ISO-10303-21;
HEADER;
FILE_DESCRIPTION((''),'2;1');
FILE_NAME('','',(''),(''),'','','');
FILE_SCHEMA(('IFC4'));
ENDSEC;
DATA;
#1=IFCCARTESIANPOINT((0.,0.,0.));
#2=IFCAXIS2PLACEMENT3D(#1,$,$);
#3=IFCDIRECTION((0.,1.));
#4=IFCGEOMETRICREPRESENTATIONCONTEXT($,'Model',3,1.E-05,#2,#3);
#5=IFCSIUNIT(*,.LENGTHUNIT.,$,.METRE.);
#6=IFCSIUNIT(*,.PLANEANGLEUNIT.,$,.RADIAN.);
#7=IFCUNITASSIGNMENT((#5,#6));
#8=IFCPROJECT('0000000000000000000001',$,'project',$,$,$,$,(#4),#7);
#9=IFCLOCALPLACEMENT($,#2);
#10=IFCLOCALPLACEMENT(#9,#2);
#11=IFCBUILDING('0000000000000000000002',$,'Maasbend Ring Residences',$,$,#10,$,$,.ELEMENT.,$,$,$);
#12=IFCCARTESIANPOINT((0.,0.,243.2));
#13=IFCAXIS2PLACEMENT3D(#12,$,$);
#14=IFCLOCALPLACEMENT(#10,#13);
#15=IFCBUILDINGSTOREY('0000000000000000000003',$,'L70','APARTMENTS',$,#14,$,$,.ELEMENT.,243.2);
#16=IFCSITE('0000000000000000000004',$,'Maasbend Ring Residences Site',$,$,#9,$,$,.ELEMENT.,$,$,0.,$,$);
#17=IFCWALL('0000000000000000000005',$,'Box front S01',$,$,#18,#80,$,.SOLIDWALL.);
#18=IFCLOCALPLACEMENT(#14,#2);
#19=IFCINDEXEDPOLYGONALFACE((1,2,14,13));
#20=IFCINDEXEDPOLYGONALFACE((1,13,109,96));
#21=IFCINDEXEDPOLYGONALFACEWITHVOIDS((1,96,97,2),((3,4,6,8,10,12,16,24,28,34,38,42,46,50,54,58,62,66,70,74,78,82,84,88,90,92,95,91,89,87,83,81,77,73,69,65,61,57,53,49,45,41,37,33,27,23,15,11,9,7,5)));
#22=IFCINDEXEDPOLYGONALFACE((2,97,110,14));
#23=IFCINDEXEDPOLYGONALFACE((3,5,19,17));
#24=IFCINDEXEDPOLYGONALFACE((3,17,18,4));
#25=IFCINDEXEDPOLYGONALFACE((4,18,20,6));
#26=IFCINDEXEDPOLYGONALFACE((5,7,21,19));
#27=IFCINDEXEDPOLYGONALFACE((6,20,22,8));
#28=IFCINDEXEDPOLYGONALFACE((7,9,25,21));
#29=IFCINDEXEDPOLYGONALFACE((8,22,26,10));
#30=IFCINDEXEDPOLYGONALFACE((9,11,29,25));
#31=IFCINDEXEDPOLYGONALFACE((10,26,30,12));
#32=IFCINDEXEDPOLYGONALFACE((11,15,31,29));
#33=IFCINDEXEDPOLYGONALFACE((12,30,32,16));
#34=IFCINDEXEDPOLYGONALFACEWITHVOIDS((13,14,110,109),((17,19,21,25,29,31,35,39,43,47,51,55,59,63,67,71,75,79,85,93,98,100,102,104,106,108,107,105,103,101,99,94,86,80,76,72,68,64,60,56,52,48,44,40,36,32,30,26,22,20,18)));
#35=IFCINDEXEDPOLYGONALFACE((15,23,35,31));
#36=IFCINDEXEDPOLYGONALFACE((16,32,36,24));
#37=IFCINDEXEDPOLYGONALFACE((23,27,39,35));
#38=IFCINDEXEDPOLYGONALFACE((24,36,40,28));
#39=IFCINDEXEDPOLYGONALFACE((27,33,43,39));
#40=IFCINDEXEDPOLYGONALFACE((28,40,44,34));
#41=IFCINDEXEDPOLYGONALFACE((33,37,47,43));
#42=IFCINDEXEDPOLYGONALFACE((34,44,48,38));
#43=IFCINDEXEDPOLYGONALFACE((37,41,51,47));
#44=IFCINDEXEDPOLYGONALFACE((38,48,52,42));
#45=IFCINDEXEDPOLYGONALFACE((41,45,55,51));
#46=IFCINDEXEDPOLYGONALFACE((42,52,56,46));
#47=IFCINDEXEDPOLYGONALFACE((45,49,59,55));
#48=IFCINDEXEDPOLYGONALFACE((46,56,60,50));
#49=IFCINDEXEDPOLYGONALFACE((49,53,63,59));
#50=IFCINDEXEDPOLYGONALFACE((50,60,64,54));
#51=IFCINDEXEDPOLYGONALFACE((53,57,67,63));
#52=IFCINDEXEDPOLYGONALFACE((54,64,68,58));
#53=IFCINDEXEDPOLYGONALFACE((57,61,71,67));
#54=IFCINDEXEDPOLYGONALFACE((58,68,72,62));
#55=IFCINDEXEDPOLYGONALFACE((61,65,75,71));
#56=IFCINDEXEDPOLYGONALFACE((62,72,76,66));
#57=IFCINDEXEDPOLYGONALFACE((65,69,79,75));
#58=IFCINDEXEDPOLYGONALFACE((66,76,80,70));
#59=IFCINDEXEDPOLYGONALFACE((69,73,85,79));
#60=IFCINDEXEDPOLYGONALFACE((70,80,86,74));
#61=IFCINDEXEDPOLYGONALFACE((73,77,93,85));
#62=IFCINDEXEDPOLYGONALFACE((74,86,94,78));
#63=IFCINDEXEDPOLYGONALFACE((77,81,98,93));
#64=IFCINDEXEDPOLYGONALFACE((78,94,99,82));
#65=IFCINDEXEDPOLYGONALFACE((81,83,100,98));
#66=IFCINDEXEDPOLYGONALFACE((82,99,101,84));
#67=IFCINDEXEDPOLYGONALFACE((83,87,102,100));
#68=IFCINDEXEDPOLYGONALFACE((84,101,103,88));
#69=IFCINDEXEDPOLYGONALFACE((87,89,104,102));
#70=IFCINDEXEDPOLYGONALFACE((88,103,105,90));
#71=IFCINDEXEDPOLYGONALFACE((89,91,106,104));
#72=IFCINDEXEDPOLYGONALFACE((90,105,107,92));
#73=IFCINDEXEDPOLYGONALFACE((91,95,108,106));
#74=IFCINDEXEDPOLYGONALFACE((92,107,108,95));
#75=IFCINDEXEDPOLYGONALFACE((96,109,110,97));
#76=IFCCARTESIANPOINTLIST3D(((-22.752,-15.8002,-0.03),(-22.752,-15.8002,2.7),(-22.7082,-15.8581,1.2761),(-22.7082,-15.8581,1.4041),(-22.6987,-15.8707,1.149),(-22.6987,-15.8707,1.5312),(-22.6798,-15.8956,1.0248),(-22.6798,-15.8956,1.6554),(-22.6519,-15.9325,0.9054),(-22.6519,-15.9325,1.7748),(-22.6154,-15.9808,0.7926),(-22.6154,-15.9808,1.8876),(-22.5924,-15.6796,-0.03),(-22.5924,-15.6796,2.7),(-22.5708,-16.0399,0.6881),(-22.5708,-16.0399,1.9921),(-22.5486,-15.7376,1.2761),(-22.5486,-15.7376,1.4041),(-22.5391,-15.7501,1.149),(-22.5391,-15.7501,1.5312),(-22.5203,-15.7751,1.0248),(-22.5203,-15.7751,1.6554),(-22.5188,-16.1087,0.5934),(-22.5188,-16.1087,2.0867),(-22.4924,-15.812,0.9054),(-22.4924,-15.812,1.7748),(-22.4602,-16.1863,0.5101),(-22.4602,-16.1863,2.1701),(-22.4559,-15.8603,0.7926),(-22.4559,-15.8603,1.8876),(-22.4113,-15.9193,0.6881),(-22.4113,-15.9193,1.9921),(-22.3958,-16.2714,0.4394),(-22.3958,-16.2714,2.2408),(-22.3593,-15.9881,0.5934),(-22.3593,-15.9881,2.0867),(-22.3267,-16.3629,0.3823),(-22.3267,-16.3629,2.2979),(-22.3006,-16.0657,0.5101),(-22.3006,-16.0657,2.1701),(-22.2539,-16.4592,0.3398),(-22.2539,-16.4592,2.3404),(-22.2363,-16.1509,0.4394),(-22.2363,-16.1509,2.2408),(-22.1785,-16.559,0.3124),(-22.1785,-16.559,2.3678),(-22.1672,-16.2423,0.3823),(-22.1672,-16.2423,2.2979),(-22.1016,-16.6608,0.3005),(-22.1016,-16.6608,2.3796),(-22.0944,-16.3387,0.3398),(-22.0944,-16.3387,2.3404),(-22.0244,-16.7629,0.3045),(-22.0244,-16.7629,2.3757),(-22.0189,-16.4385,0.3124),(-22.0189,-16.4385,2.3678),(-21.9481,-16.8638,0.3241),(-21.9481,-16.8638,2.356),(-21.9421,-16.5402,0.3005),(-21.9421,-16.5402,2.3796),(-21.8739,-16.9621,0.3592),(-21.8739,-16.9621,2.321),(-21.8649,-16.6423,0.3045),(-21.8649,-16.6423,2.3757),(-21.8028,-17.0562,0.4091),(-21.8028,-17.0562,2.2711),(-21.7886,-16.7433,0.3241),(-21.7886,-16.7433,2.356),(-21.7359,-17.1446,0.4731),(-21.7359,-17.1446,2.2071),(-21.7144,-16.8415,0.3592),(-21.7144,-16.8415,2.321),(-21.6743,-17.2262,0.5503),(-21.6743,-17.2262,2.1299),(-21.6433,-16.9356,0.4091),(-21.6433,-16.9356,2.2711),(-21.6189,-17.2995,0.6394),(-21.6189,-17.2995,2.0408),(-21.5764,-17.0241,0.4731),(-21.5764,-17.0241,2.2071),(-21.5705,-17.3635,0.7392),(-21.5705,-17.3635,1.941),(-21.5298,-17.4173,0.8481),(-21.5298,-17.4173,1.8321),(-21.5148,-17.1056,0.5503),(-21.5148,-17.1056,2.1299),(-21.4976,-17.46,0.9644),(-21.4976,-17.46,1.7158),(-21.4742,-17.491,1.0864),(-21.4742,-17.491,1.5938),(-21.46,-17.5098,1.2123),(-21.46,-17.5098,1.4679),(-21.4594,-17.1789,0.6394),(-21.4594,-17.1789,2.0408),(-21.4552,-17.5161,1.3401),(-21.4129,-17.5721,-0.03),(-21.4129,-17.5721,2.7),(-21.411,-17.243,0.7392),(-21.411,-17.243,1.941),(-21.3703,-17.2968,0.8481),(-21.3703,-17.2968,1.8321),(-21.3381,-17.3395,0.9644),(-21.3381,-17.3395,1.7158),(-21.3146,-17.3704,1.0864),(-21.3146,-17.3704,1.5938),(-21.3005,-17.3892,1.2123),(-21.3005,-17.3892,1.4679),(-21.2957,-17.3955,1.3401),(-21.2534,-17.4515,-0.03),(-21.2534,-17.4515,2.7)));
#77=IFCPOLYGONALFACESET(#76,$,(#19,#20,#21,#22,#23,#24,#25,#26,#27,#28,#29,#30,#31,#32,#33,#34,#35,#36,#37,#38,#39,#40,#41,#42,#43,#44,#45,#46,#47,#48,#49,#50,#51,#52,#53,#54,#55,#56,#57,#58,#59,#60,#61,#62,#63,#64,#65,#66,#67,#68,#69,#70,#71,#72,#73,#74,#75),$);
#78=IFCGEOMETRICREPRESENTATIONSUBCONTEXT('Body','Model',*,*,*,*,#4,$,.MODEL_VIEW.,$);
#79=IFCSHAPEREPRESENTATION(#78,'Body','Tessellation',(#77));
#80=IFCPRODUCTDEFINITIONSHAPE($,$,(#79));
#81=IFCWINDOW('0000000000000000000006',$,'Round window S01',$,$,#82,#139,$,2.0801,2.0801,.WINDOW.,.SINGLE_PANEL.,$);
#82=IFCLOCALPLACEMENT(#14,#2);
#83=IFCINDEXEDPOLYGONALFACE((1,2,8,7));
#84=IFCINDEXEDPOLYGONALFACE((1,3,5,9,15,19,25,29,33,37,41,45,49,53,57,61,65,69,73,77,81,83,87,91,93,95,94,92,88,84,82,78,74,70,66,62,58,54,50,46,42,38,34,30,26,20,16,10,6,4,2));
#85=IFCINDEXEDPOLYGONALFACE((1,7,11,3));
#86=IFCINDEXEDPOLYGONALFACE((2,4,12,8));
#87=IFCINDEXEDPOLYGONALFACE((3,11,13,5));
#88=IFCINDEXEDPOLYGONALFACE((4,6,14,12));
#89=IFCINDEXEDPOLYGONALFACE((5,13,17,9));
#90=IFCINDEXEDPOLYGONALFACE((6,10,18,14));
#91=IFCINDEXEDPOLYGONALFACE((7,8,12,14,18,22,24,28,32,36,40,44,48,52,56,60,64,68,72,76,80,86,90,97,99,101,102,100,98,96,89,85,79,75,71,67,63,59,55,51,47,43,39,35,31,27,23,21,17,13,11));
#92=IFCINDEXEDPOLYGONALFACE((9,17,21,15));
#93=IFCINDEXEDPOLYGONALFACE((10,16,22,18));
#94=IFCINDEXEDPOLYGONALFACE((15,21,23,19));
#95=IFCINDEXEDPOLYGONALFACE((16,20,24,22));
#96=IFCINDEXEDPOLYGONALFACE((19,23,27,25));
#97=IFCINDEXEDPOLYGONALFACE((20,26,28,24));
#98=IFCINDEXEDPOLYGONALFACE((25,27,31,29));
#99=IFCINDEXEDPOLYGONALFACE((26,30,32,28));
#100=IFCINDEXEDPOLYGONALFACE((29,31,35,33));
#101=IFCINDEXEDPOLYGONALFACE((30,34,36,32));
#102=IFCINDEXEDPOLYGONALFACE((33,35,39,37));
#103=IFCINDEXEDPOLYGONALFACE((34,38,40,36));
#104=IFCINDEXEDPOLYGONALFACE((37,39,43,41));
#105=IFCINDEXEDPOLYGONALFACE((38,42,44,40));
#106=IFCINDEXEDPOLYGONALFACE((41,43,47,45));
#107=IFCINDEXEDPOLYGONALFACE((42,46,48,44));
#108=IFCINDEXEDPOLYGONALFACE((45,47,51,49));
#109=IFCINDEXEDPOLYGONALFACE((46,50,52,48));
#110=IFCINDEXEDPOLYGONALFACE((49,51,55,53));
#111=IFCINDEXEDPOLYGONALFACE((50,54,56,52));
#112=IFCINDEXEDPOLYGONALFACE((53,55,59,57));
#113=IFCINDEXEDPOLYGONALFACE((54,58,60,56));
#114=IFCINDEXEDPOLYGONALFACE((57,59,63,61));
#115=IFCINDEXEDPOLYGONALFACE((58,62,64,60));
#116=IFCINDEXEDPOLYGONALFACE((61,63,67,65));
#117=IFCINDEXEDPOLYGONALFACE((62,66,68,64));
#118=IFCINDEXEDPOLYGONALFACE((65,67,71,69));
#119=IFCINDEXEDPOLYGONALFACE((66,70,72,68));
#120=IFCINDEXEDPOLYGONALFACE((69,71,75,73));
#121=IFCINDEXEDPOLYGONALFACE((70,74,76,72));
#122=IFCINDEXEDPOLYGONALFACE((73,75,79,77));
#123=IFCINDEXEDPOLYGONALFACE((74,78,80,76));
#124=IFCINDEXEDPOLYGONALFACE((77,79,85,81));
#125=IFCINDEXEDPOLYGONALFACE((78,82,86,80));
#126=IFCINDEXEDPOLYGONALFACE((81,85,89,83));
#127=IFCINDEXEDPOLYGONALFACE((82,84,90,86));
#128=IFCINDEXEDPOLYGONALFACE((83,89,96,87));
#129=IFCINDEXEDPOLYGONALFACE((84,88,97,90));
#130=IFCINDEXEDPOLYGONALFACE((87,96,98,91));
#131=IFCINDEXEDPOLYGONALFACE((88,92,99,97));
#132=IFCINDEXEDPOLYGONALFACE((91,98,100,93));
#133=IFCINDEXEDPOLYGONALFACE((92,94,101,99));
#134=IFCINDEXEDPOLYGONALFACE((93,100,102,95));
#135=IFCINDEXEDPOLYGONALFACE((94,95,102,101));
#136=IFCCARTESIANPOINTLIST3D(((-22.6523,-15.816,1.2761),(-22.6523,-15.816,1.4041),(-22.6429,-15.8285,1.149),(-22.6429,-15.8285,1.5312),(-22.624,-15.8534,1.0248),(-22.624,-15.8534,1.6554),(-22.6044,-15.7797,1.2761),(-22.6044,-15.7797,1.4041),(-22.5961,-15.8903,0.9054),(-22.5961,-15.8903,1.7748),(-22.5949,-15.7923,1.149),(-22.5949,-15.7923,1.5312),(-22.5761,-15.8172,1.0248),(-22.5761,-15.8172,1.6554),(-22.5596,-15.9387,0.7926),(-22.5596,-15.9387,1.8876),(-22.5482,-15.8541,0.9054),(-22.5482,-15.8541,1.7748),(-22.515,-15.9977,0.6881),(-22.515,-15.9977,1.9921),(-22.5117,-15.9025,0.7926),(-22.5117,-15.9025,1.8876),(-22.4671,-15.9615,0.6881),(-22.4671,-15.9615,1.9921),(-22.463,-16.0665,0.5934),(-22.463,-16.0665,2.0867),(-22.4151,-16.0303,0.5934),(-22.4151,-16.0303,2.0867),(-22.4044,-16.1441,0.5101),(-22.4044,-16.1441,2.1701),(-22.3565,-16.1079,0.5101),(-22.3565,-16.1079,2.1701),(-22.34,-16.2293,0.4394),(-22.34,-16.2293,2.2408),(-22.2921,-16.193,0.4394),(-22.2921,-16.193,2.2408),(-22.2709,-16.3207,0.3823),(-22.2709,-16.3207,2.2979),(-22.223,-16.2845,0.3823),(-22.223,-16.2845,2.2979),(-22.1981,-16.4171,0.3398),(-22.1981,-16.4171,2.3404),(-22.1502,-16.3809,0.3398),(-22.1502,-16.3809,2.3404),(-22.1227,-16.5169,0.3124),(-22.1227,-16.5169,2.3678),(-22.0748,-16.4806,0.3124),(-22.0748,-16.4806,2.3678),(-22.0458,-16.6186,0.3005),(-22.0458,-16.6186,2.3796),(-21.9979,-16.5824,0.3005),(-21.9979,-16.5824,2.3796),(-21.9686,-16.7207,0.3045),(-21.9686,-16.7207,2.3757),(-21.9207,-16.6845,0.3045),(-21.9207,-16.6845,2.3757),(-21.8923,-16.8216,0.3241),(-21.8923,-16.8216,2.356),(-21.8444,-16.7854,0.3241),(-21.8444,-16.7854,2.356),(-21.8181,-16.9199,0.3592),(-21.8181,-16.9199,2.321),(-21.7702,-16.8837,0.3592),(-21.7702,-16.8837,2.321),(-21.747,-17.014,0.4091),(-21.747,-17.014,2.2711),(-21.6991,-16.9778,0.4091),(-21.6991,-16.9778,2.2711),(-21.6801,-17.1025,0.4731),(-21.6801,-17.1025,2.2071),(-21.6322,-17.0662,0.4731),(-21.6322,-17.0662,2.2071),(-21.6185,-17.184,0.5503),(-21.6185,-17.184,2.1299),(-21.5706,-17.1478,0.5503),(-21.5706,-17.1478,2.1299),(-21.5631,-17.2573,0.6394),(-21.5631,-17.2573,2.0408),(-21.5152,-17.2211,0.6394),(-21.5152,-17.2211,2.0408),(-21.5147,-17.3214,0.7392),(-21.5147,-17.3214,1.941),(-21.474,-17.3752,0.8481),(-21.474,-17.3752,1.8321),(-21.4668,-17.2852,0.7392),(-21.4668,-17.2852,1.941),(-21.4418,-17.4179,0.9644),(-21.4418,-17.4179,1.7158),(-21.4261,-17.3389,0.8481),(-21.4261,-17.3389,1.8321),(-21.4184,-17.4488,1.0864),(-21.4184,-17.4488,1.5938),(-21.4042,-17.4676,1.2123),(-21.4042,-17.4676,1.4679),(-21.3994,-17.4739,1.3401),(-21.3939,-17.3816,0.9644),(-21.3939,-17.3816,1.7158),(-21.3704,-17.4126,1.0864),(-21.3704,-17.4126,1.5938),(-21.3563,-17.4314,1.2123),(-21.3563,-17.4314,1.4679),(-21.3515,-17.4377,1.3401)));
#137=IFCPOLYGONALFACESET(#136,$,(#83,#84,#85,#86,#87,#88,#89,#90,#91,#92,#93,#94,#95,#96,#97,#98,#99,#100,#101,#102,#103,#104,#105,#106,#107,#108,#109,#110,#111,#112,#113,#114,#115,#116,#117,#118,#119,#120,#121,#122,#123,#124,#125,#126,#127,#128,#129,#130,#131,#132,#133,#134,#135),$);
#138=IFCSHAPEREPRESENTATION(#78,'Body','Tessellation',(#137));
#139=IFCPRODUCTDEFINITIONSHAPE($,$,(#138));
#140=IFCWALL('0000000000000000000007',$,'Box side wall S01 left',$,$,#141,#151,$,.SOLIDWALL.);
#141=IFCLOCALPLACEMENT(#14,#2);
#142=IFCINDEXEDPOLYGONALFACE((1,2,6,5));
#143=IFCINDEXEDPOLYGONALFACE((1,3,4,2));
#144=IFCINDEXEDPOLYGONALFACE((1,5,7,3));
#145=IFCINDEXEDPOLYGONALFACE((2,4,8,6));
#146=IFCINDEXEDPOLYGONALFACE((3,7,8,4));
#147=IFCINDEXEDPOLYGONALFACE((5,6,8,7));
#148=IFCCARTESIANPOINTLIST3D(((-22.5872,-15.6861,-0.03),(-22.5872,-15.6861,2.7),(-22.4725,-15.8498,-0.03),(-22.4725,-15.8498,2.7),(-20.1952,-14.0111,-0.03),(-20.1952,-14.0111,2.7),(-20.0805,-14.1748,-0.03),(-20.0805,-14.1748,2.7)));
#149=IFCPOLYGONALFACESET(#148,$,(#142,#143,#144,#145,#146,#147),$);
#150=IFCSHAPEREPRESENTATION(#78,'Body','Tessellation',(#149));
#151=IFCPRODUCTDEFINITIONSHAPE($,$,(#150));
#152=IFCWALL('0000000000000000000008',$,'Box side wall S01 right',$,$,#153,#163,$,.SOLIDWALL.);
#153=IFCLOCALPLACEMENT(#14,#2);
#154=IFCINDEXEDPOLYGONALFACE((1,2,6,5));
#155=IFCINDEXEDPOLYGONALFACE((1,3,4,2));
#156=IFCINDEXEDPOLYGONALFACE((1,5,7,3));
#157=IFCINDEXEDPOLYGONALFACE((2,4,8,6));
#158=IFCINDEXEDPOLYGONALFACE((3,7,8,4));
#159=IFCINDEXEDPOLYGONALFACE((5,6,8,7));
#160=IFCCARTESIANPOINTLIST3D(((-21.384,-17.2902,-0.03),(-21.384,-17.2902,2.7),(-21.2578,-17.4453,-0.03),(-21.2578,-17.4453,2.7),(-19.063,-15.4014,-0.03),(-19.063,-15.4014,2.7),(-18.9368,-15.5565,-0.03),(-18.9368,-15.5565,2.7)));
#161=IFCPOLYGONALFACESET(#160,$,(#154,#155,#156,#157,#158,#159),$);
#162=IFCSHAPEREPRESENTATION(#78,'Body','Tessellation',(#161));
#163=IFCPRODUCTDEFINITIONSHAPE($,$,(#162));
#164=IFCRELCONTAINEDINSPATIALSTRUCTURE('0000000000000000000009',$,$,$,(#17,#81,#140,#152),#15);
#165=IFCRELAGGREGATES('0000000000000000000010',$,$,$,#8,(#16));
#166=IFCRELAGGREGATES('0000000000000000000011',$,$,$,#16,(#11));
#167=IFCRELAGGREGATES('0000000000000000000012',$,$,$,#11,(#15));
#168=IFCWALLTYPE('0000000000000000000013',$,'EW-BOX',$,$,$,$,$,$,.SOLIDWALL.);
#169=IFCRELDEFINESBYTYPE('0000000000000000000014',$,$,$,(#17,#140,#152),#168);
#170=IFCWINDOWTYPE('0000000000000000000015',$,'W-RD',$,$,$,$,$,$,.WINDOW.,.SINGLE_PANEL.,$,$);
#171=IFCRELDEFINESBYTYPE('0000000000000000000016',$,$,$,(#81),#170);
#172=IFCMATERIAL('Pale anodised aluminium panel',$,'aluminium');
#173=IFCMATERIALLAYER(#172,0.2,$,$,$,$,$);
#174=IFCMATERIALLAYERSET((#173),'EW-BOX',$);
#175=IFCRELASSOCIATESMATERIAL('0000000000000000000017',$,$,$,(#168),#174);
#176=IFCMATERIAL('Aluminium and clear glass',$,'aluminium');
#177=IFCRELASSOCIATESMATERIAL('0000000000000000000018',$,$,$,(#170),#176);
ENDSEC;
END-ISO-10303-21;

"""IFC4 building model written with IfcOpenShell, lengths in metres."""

from ifc_helpers import new_model, si_unit, direction, frame, frame_2d, origin, place, context, subcontext, project, spatial, rectangle, circle, extrude, material, layer, layer_set, type_object, element, fill, save


model = new_model("IFC4")

# Units and contexts
model_context = context("Model", 3, precision=1e-05, world=origin(), true_north=direction((0.0, 1.0)))
body_context = subcontext(model_context, "Body", "Model", "MODEL_VIEW")
ifc_project = project(units=[si_unit("LENGTHUNIT", "METRE"), si_unit("PLANEANGLEUNIT", "RADIAN")], contexts=[model_context])

# Site, building, storey
site_placement = place(None, origin())
site = spatial("IfcSite", under=ifc_project, at=site_placement, Name="Maasbend Ring Residences Site", CompositionType="ELEMENT", RefElevation=0.0)
building_placement = place(site_placement, origin())
building = spatial("IfcBuilding", under=site, at=building_placement, Name="Maasbend Ring Residences", CompositionType="ELEMENT")
storey_placement = place(building_placement, frame((0.0, 0.0, 243.2)))
storey = spatial("IfcBuildingStorey", under=building, at=storey_placement, Name="L70", Description="APARTMENTS", CompositionType="ELEMENT", Elevation=243.2)

# Wall, opening, window
ifc_material_1 = material(Name="Pale anodised aluminium panel", Category="aluminium")
ifc_layer_1 = layer(ifc_material_1, 0.2)
ifc_layer_set_1 = layer_set([ifc_layer_1], Name="EW-BOX")
wall_type_1 = type_object("IfcWallType", Name="EW-BOX", PredefinedType="SOLIDWALL", material=ifc_layer_set_1)
wall_1_placement = place(storey_placement, frame((-22.6721, -15.74, -0.03), z_axis=(0.0, 0.0, 1.0), x_axis=(0.602916, -0.797805, 0.0)))
wall_1 = element("IfcWall", 1, at=wall_1_placement, inside=storey, type_object=wall_type_1, Name="Box front S01", PredefinedType="SOLIDWALL", context=body_context, shape_type="SweptSolid", body=[
    extrude(rectangle(XDim=2.2209, YDim=0.2, at=frame_2d((1.1104, 0.0))), origin(), (0.0, 0.0, 1.0), 2.73),
])
opening_1_placement = place(wall_1_placement, frame((0.0706, 0.0, 0.3301)))
opening_1 = element("IfcOpeningElement", 2, at=opening_1_placement, cuts=wall_1, PredefinedType="OPENING", context=body_context, shape_type="SweptSolid", body=[
    extrude(circle(Radius=1.04, at=frame_2d((1.04, 1.04))), frame((0.0, 0.1099, 0.0), z_axis=(0.0, -1.0, 0.0), x_axis=(1.0, 0.0, 0.0)), (0.0, 0.0, 1.0), 0.22),
])
ifc_material_2 = material(Name="Aluminium and clear glass", Category="aluminium")
window_type_1 = type_object("IfcWindowType", Name="W-RD", PartitioningType="SINGLE_PANEL", PredefinedType="WINDOW", material=ifc_material_2)
window_1_placement = place(opening_1_placement, origin())
window_1 = element("IfcWindow", 3, at=window_1_placement, inside=storey, type_object=window_type_1, Name="Round window S01", OverallHeight=2.0801, OverallWidth=2.0801, PartitioningType="SINGLE_PANEL", PredefinedType="WINDOW", context=body_context, shape_type="SweptSolid", body=[
    extrude(circle(Radius=1.04, at=frame_2d((1.04, 1.04))), frame((0.0, 0.03, 0.0), z_axis=(0.0, -1.0, 0.0), x_axis=(1.0, 0.0, 0.0)), (0.0, 0.0, 1.0), 0.0601),
])
fill(opening_1, window_1)

# Walls
wall_2_placement = place(storey_placement, frame((-20.1379, -14.093, -0.03), z_axis=(0.0, 0.0, 1.0), x_axis=(-0.819138, -0.573597, 0.0)))
element("IfcWall", 4, at=wall_2_placement, inside=storey, type_object=wall_type_1, Name="Box side wall S01 left", PredefinedType="SOLIDWALL", context=body_context, shape_type="SweptSolid", body=[
    extrude(rectangle(XDim=2.9202, YDim=0.2, at=frame_2d((1.46, 0.0))), origin(), (0.0, 0.0, 1.0), 2.73),
])
wall_3_placement = place(storey_placement, frame((-19.0, -15.479, -0.03), z_axis=(0.0, 0.0, 1.0), x_axis=(-0.775612, -0.63121, 0.0)))
element("IfcWall", 5, at=wall_3_placement, inside=storey, type_object=wall_type_1, Name="Box side wall S01 right", PredefinedType="SOLIDWALL", context=body_context, shape_type="SweptSolid", body=[
    extrude(rectangle(XDim=2.9924, YDim=0.2, at=frame_2d((1.4961, 0.0))), origin(), (0.0, 0.0, 1.0), 2.73),
])

save(model, "model.ifc")
